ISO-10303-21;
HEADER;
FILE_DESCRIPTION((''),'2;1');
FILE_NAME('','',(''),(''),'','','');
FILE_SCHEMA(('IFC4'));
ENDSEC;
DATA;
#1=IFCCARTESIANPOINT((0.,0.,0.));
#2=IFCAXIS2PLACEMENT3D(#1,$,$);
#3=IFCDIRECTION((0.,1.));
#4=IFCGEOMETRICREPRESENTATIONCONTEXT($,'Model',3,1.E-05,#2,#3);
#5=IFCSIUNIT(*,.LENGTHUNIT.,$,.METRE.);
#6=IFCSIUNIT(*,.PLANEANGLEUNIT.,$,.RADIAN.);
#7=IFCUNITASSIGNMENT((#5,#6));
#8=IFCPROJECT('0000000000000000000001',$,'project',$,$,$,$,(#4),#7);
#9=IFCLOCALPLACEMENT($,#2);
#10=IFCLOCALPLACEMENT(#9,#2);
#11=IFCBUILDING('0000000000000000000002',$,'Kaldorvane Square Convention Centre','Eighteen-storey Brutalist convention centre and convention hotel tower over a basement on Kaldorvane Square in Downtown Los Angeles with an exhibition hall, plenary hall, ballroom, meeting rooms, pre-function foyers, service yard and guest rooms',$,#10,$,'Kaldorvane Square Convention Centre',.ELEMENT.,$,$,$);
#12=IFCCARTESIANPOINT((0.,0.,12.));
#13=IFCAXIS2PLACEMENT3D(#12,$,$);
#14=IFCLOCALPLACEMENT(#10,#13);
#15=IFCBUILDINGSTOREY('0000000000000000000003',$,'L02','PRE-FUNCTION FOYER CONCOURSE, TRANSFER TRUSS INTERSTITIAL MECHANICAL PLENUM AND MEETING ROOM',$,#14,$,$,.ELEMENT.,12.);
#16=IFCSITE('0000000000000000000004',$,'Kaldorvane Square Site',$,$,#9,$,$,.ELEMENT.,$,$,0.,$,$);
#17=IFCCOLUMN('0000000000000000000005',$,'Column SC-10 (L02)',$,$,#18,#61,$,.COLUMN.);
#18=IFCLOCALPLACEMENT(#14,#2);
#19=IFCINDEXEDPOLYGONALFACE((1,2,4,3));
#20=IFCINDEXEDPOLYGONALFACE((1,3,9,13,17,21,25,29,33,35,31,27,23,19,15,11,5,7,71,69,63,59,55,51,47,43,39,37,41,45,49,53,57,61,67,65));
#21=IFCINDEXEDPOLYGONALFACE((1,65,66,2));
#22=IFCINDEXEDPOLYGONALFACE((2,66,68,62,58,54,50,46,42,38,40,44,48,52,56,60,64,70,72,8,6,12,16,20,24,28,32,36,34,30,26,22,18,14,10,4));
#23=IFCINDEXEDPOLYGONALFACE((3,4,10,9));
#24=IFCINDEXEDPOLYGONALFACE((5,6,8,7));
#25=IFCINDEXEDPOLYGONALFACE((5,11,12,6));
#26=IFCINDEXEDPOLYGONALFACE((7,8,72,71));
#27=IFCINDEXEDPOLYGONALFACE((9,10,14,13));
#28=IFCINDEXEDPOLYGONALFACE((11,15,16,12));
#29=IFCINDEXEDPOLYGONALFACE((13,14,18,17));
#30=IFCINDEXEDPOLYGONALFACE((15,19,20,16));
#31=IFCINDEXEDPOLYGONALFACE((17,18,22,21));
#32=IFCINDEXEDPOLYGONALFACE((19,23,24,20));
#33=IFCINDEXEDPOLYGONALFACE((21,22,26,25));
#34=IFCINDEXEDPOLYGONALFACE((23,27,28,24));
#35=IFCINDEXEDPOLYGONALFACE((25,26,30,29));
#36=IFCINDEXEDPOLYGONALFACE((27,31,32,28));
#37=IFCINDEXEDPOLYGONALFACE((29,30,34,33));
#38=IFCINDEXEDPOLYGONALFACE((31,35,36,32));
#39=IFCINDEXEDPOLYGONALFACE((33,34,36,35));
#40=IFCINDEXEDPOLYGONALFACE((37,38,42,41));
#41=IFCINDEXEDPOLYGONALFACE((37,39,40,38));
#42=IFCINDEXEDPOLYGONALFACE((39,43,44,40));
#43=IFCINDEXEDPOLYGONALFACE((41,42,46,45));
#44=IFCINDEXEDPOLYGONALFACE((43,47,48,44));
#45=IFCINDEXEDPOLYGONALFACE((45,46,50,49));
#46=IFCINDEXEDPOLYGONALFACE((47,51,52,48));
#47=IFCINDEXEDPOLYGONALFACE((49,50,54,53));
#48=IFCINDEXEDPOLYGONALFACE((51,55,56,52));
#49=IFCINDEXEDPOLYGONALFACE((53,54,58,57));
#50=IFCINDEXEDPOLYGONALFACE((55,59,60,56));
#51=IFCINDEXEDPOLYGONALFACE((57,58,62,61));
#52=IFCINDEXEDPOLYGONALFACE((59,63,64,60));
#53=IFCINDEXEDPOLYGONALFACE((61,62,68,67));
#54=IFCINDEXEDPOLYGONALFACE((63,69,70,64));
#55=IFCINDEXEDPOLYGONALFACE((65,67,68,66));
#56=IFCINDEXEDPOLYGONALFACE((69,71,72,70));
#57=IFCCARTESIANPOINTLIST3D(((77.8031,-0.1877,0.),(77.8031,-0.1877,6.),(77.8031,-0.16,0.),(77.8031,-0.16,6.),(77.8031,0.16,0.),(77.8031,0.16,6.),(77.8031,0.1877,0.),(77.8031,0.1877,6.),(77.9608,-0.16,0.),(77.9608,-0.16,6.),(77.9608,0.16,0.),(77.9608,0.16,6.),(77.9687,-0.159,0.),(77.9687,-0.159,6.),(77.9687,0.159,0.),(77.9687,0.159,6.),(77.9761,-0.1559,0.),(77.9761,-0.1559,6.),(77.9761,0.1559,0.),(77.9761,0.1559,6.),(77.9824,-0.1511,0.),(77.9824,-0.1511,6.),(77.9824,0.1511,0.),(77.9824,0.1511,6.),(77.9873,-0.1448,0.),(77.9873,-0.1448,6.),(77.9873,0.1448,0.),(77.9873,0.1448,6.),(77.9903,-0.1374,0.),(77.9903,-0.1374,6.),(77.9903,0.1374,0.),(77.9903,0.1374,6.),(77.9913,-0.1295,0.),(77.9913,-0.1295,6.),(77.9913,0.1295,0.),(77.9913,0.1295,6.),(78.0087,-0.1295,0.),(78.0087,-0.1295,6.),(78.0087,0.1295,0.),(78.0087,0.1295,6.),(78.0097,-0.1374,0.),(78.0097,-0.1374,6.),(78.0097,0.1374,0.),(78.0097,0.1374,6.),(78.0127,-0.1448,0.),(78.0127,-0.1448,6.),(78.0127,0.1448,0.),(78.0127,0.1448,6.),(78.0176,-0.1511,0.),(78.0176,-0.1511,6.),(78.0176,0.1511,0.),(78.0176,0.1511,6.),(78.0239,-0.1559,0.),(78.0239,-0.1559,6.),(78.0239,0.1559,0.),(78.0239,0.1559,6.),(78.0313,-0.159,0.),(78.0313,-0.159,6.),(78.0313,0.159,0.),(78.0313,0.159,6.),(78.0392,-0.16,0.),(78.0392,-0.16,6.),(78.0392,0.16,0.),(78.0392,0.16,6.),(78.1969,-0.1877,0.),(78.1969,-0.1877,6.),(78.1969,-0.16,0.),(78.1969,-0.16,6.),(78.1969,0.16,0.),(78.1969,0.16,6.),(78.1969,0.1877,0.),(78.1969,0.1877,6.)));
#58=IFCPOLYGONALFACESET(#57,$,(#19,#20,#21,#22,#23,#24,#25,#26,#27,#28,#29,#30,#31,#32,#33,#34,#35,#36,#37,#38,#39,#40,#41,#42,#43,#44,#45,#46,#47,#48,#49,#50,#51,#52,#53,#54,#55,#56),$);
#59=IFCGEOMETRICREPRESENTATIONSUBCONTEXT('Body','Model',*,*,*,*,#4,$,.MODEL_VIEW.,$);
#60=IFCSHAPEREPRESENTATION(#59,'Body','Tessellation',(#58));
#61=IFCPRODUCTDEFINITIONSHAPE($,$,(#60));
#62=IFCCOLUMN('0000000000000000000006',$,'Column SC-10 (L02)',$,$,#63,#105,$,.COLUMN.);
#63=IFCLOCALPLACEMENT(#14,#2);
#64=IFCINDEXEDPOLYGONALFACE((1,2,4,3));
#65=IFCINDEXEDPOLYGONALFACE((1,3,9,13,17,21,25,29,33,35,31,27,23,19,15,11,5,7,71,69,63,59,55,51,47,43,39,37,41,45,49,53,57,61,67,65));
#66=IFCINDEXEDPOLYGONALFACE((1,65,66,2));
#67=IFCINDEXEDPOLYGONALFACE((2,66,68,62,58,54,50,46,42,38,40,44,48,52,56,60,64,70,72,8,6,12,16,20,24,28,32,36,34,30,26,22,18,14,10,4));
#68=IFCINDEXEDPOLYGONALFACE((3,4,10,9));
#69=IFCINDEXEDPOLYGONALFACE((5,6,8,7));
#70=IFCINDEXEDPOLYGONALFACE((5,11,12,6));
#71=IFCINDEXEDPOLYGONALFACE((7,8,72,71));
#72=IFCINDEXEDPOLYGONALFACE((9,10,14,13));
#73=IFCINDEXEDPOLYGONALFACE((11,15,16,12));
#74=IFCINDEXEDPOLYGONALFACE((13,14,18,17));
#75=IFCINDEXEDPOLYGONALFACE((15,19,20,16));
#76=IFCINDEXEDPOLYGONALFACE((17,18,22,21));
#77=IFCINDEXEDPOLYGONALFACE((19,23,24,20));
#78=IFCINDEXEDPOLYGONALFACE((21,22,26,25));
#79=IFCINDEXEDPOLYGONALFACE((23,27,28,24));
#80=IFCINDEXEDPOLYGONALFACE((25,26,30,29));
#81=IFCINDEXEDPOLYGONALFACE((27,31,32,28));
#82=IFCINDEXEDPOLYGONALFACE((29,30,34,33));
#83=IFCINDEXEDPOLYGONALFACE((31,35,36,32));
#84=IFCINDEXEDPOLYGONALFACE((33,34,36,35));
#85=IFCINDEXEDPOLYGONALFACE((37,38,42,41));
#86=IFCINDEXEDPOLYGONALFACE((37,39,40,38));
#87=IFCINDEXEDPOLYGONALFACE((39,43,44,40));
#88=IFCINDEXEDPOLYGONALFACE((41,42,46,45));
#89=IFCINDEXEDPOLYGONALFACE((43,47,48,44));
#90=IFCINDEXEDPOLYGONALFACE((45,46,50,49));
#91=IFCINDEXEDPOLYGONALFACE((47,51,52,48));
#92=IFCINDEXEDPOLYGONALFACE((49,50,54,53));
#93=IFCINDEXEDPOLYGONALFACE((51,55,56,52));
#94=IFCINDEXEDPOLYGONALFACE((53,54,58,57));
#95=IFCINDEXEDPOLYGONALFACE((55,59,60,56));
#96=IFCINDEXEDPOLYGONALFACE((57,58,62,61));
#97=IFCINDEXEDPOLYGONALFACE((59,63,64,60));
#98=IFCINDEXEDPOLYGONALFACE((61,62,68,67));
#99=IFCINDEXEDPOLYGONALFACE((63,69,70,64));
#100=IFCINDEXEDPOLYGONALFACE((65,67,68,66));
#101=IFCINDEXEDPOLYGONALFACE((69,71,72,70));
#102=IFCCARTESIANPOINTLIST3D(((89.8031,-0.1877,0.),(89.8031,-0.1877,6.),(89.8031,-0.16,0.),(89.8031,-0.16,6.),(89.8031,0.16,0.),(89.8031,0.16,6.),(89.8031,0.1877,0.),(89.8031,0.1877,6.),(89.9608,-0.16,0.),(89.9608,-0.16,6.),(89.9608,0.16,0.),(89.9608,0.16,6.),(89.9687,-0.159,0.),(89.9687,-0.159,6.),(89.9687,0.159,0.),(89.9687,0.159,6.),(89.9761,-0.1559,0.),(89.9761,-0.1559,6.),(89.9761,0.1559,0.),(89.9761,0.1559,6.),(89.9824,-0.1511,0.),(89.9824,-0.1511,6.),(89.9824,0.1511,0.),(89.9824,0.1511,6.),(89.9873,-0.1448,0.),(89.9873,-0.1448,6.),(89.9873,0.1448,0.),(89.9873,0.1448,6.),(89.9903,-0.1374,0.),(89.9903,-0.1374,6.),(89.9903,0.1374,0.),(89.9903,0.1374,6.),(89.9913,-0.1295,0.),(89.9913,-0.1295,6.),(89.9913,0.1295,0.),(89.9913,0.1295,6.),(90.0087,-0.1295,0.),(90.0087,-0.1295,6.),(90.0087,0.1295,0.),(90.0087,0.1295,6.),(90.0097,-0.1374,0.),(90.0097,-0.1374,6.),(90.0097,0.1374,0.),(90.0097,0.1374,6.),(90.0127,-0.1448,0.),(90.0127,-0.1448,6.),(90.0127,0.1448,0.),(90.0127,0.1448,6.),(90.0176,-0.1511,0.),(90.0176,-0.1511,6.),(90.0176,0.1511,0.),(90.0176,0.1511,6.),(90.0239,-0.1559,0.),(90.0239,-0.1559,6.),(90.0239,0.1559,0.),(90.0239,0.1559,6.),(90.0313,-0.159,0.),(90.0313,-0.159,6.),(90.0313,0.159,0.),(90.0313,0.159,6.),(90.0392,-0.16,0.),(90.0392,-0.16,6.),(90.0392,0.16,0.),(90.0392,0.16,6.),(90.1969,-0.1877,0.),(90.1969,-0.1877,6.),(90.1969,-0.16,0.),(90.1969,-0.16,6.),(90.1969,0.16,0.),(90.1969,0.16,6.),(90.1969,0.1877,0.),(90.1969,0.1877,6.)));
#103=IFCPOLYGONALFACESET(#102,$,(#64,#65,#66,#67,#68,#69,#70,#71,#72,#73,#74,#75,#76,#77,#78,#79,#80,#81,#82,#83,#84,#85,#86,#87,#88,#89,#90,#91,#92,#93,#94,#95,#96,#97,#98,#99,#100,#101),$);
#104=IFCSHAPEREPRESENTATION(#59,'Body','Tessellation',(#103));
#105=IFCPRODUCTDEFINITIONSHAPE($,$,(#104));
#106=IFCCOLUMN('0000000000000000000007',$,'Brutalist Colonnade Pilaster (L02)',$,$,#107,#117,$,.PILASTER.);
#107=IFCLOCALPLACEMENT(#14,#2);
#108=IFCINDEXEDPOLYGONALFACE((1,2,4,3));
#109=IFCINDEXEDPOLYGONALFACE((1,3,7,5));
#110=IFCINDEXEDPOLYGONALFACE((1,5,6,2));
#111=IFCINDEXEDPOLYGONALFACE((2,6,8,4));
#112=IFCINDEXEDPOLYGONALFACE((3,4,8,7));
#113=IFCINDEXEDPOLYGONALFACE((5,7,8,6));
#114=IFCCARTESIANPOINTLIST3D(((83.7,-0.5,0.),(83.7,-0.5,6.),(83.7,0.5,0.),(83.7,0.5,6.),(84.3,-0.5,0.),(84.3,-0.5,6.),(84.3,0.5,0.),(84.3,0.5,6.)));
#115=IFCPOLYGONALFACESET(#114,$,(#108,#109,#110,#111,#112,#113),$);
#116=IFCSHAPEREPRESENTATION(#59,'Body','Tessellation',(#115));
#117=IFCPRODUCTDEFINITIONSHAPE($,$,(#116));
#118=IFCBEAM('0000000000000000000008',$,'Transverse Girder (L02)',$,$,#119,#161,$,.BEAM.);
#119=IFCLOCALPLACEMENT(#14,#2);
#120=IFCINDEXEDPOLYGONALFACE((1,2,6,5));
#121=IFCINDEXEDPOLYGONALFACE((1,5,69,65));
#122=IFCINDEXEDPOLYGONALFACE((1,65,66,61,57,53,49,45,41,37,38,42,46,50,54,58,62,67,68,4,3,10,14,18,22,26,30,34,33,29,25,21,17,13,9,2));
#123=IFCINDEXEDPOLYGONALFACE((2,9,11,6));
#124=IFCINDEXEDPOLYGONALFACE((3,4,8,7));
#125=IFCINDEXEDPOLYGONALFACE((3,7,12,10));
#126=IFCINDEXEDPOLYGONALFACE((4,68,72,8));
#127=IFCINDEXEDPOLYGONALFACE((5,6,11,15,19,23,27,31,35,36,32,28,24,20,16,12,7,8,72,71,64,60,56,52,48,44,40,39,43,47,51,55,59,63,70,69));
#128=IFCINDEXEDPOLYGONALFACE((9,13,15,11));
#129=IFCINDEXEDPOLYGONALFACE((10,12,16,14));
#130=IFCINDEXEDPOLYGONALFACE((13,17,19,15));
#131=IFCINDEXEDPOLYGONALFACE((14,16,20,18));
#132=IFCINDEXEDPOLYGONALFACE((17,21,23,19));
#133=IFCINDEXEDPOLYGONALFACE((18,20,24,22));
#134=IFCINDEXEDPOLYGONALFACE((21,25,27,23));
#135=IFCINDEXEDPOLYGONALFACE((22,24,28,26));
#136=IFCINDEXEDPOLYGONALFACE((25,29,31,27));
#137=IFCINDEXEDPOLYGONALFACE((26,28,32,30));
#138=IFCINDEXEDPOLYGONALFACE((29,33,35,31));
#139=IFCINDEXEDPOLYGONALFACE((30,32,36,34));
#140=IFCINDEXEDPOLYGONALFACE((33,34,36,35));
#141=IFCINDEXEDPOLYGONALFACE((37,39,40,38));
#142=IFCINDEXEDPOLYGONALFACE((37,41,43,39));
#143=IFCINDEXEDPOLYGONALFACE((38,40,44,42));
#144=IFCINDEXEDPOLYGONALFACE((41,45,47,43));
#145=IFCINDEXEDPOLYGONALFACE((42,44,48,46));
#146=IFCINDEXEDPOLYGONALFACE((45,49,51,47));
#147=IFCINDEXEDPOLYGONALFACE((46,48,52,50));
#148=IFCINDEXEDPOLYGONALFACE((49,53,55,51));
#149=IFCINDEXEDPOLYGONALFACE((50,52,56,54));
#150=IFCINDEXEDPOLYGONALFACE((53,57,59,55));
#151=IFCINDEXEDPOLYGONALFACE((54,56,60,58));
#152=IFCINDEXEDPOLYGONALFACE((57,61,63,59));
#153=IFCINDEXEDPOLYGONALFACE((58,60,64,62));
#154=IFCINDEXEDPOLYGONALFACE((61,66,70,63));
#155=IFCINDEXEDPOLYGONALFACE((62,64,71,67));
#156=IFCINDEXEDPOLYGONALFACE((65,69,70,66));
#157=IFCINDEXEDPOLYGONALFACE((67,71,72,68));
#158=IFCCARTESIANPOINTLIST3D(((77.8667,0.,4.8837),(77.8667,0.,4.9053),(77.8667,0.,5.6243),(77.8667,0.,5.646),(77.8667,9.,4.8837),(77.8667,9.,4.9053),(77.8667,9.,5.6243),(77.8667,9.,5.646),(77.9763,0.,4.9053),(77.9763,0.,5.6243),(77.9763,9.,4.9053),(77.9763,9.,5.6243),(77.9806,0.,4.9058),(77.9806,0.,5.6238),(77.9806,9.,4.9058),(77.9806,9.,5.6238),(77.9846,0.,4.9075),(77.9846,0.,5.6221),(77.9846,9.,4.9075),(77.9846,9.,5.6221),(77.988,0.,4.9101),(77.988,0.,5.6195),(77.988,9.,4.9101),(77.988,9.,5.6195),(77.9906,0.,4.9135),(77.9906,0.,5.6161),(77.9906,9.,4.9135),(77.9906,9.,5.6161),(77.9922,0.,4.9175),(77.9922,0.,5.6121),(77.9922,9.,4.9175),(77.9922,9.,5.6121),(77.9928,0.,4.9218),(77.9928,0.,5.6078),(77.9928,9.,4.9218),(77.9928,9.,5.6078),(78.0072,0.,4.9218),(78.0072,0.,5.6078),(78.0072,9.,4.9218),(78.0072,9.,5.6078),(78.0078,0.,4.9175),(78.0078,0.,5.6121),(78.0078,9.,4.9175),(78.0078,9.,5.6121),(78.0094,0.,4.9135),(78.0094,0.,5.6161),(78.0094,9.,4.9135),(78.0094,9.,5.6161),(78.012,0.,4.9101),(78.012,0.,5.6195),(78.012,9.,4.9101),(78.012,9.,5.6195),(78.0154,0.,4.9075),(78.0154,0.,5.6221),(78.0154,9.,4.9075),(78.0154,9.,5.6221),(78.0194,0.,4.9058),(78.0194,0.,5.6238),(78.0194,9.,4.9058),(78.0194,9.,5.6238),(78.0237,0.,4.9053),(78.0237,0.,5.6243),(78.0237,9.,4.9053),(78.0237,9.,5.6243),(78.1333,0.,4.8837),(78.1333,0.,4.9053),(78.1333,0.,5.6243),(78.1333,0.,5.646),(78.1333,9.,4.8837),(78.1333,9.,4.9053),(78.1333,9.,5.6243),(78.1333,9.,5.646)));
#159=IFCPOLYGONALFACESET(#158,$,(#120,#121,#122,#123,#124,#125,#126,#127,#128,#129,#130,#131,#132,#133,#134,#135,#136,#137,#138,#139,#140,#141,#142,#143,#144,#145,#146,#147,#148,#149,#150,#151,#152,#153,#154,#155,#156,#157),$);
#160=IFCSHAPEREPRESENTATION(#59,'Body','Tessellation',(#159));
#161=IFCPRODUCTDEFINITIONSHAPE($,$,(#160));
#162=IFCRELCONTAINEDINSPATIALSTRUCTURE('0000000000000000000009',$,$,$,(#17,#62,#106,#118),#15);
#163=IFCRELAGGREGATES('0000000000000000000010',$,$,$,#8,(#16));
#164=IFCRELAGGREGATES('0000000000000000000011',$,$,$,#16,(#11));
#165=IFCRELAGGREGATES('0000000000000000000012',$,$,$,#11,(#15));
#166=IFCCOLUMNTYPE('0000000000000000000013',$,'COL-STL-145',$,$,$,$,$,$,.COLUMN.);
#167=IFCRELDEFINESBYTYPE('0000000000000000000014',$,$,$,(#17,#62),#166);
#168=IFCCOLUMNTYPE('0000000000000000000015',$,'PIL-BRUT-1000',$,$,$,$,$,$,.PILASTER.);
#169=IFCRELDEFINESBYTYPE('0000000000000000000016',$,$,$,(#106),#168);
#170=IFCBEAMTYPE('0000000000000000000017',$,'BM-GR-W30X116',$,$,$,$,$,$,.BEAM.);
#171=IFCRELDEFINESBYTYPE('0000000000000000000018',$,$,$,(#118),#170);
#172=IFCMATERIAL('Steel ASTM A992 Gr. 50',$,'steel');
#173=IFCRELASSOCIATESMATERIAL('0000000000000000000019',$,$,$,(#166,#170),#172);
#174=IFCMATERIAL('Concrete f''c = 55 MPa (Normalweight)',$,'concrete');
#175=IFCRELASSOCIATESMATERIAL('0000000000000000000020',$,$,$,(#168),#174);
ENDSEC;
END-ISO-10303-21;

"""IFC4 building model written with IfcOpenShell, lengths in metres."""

from ifc_helpers import new_model, si_unit, direction, frame, origin, origin_2d, place, context, subcontext, project, spatial, rectangle, i_section, extrude, material, material_profile, profile_set, type_object, element, save


model = new_model("IFC4")

# Units and contexts
model_context = context("Model", 3, precision=1e-05, world=origin(), true_north=direction((0.0, 1.0)))
body_context = subcontext(model_context, "Body", "Model", "MODEL_VIEW")
ifc_project = project(units=[si_unit("LENGTHUNIT", "METRE"), si_unit("PLANEANGLEUNIT", "RADIAN")], contexts=[model_context])

# Site, building, storey
site_placement = place(None, origin())
site = spatial("IfcSite", under=ifc_project, at=site_placement, Name="Kaldorvane Square Site", CompositionType="ELEMENT", RefElevation=0.0)
building_placement = place(site_placement, origin())
building = spatial("IfcBuilding", under=site, at=building_placement, Name="Kaldorvane Square Convention Centre", Description="Eighteen-storey Brutalist convention centre and convention hotel tower over a basement on Kaldorvane Square in Downtown Los Angeles with an exhibition hall, plenary hall, ballroom, meeting rooms, pre-function foyers, service yard and guest rooms", LongName="Kaldorvane Square Convention Centre", CompositionType="ELEMENT")
storey_placement = place(building_placement, frame((0.0, 0.0, 12.0)))
storey = spatial("IfcBuildingStorey", under=building, at=storey_placement, Name="L02", Description="PRE-FUNCTION FOYER CONCOURSE, TRANSFER TRUSS INTERSTITIAL MECHANICAL PLENUM AND MEETING ROOM", CompositionType="ELEMENT", Elevation=12.0)

# Columns
ifc_material_1 = material(Name="Steel ASTM A992 Gr. 50", Category="steel")
ifc_material_profile_1 = material_profile(ifc_material_1, i_section(OverallWidth=0.3937, OverallDepth=0.3754, WebThickness=0.0173, FlangeThickness=0.0277, FilletRadius=0.0305, at=origin_2d()), Name="W14X145")
ifc_profile_set_1 = profile_set([ifc_material_profile_1], Name="Steel ASTM A992 Gr. 50")
column_type_1 = type_object("IfcColumnType", Name="COL-STL-145", PredefinedType="COLUMN", material=ifc_profile_set_1)
for number, where, z_axis, x_axis, name in (
    (1, (78.0, 0.0, 0.0), (0.0, 0.0, 1.0), (1.0, 0.0, 0.0), "Column SC-10 (L02)"),
    (2, (90.0, 0.0, 0.0), (0.0, 0.0, 1.0), (1.0, 0.0, 0.0), "Column SC-10 (L02)"),
):
    element("IfcColumn", number, at=place(storey_placement, frame(where, z_axis=z_axis, x_axis=x_axis)), inside=storey, type_object=column_type_1, Name=name, PredefinedType="COLUMN", context=body_context, shape_type="SweptSolid", body=[
        extrude(i_section(OverallWidth=0.3937, OverallDepth=0.3754, WebThickness=0.0173, FlangeThickness=0.0277, FilletRadius=0.0305, at=origin_2d()), origin(), (0.0, 0.0, 1.0), 6.0),
    ])
ifc_material_2 = material(Name="Concrete f'c = 55 MPa (Normalweight)", Category="concrete")
ifc_material_profile_2 = material_profile(ifc_material_2, rectangle(XDim=0.6, YDim=1.0, at=origin_2d()), Name="PIL1000X600")
ifc_profile_set_2 = profile_set([ifc_material_profile_2], Name="Concrete f'c = 55 MPa (Normalweight)")
column_type_2 = type_object("IfcColumnType", Name="PIL-BRUT-1000", PredefinedType="PILASTER", material=ifc_profile_set_2)
column_placement = place(storey_placement, frame((84.0, 0.0, 0.0), z_axis=(0.0, 0.0, 1.0), x_axis=(1.0, 0.0, 0.0)))
element("IfcColumn", 3, at=column_placement, inside=storey, type_object=column_type_2, Name="Brutalist Colonnade Pilaster (L02)", PredefinedType="PILASTER", context=body_context, shape_type="SweptSolid", body=[
    extrude(rectangle(XDim=0.6, YDim=1.0, at=origin_2d()), origin(), (0.0, 0.0, 1.0), 6.0),
])

# Beam
ifc_material_profile_3 = material_profile(ifc_material_1, i_section(OverallWidth=0.2666, OverallDepth=0.7623, WebThickness=0.0144, FlangeThickness=0.0216, FilletRadius=0.0165, at=origin_2d()), Name="W30X116")
ifc_profile_set_3 = profile_set([ifc_material_profile_3], Name="Steel ASTM A992 Gr. 50")
beam_type_1 = type_object("IfcBeamType", Name="BM-GR-W30X116", PredefinedType="BEAM", material=ifc_profile_set_3)
for number, where, z_axis, x_axis, name in (
    (4, (78.0, 0.0, 5.2648), (0.0, 1.0, 0.0), (-1.0, 0.0, 0.0), "Transverse Girder (L02)"),
):
    element("IfcBeam", number, at=place(storey_placement, frame(where, z_axis=z_axis, x_axis=x_axis)), inside=storey, type_object=beam_type_1, Name=name, PredefinedType="BEAM", context=body_context, shape_type="SweptSolid", body=[
        extrude(i_section(OverallWidth=0.2666, OverallDepth=0.7623, WebThickness=0.0144, FlangeThickness=0.0216, FilletRadius=0.0165, at=origin_2d()), origin(), (0.0, 0.0, 1.0), 9.0),
    ])

save(model, "model.ifc")
